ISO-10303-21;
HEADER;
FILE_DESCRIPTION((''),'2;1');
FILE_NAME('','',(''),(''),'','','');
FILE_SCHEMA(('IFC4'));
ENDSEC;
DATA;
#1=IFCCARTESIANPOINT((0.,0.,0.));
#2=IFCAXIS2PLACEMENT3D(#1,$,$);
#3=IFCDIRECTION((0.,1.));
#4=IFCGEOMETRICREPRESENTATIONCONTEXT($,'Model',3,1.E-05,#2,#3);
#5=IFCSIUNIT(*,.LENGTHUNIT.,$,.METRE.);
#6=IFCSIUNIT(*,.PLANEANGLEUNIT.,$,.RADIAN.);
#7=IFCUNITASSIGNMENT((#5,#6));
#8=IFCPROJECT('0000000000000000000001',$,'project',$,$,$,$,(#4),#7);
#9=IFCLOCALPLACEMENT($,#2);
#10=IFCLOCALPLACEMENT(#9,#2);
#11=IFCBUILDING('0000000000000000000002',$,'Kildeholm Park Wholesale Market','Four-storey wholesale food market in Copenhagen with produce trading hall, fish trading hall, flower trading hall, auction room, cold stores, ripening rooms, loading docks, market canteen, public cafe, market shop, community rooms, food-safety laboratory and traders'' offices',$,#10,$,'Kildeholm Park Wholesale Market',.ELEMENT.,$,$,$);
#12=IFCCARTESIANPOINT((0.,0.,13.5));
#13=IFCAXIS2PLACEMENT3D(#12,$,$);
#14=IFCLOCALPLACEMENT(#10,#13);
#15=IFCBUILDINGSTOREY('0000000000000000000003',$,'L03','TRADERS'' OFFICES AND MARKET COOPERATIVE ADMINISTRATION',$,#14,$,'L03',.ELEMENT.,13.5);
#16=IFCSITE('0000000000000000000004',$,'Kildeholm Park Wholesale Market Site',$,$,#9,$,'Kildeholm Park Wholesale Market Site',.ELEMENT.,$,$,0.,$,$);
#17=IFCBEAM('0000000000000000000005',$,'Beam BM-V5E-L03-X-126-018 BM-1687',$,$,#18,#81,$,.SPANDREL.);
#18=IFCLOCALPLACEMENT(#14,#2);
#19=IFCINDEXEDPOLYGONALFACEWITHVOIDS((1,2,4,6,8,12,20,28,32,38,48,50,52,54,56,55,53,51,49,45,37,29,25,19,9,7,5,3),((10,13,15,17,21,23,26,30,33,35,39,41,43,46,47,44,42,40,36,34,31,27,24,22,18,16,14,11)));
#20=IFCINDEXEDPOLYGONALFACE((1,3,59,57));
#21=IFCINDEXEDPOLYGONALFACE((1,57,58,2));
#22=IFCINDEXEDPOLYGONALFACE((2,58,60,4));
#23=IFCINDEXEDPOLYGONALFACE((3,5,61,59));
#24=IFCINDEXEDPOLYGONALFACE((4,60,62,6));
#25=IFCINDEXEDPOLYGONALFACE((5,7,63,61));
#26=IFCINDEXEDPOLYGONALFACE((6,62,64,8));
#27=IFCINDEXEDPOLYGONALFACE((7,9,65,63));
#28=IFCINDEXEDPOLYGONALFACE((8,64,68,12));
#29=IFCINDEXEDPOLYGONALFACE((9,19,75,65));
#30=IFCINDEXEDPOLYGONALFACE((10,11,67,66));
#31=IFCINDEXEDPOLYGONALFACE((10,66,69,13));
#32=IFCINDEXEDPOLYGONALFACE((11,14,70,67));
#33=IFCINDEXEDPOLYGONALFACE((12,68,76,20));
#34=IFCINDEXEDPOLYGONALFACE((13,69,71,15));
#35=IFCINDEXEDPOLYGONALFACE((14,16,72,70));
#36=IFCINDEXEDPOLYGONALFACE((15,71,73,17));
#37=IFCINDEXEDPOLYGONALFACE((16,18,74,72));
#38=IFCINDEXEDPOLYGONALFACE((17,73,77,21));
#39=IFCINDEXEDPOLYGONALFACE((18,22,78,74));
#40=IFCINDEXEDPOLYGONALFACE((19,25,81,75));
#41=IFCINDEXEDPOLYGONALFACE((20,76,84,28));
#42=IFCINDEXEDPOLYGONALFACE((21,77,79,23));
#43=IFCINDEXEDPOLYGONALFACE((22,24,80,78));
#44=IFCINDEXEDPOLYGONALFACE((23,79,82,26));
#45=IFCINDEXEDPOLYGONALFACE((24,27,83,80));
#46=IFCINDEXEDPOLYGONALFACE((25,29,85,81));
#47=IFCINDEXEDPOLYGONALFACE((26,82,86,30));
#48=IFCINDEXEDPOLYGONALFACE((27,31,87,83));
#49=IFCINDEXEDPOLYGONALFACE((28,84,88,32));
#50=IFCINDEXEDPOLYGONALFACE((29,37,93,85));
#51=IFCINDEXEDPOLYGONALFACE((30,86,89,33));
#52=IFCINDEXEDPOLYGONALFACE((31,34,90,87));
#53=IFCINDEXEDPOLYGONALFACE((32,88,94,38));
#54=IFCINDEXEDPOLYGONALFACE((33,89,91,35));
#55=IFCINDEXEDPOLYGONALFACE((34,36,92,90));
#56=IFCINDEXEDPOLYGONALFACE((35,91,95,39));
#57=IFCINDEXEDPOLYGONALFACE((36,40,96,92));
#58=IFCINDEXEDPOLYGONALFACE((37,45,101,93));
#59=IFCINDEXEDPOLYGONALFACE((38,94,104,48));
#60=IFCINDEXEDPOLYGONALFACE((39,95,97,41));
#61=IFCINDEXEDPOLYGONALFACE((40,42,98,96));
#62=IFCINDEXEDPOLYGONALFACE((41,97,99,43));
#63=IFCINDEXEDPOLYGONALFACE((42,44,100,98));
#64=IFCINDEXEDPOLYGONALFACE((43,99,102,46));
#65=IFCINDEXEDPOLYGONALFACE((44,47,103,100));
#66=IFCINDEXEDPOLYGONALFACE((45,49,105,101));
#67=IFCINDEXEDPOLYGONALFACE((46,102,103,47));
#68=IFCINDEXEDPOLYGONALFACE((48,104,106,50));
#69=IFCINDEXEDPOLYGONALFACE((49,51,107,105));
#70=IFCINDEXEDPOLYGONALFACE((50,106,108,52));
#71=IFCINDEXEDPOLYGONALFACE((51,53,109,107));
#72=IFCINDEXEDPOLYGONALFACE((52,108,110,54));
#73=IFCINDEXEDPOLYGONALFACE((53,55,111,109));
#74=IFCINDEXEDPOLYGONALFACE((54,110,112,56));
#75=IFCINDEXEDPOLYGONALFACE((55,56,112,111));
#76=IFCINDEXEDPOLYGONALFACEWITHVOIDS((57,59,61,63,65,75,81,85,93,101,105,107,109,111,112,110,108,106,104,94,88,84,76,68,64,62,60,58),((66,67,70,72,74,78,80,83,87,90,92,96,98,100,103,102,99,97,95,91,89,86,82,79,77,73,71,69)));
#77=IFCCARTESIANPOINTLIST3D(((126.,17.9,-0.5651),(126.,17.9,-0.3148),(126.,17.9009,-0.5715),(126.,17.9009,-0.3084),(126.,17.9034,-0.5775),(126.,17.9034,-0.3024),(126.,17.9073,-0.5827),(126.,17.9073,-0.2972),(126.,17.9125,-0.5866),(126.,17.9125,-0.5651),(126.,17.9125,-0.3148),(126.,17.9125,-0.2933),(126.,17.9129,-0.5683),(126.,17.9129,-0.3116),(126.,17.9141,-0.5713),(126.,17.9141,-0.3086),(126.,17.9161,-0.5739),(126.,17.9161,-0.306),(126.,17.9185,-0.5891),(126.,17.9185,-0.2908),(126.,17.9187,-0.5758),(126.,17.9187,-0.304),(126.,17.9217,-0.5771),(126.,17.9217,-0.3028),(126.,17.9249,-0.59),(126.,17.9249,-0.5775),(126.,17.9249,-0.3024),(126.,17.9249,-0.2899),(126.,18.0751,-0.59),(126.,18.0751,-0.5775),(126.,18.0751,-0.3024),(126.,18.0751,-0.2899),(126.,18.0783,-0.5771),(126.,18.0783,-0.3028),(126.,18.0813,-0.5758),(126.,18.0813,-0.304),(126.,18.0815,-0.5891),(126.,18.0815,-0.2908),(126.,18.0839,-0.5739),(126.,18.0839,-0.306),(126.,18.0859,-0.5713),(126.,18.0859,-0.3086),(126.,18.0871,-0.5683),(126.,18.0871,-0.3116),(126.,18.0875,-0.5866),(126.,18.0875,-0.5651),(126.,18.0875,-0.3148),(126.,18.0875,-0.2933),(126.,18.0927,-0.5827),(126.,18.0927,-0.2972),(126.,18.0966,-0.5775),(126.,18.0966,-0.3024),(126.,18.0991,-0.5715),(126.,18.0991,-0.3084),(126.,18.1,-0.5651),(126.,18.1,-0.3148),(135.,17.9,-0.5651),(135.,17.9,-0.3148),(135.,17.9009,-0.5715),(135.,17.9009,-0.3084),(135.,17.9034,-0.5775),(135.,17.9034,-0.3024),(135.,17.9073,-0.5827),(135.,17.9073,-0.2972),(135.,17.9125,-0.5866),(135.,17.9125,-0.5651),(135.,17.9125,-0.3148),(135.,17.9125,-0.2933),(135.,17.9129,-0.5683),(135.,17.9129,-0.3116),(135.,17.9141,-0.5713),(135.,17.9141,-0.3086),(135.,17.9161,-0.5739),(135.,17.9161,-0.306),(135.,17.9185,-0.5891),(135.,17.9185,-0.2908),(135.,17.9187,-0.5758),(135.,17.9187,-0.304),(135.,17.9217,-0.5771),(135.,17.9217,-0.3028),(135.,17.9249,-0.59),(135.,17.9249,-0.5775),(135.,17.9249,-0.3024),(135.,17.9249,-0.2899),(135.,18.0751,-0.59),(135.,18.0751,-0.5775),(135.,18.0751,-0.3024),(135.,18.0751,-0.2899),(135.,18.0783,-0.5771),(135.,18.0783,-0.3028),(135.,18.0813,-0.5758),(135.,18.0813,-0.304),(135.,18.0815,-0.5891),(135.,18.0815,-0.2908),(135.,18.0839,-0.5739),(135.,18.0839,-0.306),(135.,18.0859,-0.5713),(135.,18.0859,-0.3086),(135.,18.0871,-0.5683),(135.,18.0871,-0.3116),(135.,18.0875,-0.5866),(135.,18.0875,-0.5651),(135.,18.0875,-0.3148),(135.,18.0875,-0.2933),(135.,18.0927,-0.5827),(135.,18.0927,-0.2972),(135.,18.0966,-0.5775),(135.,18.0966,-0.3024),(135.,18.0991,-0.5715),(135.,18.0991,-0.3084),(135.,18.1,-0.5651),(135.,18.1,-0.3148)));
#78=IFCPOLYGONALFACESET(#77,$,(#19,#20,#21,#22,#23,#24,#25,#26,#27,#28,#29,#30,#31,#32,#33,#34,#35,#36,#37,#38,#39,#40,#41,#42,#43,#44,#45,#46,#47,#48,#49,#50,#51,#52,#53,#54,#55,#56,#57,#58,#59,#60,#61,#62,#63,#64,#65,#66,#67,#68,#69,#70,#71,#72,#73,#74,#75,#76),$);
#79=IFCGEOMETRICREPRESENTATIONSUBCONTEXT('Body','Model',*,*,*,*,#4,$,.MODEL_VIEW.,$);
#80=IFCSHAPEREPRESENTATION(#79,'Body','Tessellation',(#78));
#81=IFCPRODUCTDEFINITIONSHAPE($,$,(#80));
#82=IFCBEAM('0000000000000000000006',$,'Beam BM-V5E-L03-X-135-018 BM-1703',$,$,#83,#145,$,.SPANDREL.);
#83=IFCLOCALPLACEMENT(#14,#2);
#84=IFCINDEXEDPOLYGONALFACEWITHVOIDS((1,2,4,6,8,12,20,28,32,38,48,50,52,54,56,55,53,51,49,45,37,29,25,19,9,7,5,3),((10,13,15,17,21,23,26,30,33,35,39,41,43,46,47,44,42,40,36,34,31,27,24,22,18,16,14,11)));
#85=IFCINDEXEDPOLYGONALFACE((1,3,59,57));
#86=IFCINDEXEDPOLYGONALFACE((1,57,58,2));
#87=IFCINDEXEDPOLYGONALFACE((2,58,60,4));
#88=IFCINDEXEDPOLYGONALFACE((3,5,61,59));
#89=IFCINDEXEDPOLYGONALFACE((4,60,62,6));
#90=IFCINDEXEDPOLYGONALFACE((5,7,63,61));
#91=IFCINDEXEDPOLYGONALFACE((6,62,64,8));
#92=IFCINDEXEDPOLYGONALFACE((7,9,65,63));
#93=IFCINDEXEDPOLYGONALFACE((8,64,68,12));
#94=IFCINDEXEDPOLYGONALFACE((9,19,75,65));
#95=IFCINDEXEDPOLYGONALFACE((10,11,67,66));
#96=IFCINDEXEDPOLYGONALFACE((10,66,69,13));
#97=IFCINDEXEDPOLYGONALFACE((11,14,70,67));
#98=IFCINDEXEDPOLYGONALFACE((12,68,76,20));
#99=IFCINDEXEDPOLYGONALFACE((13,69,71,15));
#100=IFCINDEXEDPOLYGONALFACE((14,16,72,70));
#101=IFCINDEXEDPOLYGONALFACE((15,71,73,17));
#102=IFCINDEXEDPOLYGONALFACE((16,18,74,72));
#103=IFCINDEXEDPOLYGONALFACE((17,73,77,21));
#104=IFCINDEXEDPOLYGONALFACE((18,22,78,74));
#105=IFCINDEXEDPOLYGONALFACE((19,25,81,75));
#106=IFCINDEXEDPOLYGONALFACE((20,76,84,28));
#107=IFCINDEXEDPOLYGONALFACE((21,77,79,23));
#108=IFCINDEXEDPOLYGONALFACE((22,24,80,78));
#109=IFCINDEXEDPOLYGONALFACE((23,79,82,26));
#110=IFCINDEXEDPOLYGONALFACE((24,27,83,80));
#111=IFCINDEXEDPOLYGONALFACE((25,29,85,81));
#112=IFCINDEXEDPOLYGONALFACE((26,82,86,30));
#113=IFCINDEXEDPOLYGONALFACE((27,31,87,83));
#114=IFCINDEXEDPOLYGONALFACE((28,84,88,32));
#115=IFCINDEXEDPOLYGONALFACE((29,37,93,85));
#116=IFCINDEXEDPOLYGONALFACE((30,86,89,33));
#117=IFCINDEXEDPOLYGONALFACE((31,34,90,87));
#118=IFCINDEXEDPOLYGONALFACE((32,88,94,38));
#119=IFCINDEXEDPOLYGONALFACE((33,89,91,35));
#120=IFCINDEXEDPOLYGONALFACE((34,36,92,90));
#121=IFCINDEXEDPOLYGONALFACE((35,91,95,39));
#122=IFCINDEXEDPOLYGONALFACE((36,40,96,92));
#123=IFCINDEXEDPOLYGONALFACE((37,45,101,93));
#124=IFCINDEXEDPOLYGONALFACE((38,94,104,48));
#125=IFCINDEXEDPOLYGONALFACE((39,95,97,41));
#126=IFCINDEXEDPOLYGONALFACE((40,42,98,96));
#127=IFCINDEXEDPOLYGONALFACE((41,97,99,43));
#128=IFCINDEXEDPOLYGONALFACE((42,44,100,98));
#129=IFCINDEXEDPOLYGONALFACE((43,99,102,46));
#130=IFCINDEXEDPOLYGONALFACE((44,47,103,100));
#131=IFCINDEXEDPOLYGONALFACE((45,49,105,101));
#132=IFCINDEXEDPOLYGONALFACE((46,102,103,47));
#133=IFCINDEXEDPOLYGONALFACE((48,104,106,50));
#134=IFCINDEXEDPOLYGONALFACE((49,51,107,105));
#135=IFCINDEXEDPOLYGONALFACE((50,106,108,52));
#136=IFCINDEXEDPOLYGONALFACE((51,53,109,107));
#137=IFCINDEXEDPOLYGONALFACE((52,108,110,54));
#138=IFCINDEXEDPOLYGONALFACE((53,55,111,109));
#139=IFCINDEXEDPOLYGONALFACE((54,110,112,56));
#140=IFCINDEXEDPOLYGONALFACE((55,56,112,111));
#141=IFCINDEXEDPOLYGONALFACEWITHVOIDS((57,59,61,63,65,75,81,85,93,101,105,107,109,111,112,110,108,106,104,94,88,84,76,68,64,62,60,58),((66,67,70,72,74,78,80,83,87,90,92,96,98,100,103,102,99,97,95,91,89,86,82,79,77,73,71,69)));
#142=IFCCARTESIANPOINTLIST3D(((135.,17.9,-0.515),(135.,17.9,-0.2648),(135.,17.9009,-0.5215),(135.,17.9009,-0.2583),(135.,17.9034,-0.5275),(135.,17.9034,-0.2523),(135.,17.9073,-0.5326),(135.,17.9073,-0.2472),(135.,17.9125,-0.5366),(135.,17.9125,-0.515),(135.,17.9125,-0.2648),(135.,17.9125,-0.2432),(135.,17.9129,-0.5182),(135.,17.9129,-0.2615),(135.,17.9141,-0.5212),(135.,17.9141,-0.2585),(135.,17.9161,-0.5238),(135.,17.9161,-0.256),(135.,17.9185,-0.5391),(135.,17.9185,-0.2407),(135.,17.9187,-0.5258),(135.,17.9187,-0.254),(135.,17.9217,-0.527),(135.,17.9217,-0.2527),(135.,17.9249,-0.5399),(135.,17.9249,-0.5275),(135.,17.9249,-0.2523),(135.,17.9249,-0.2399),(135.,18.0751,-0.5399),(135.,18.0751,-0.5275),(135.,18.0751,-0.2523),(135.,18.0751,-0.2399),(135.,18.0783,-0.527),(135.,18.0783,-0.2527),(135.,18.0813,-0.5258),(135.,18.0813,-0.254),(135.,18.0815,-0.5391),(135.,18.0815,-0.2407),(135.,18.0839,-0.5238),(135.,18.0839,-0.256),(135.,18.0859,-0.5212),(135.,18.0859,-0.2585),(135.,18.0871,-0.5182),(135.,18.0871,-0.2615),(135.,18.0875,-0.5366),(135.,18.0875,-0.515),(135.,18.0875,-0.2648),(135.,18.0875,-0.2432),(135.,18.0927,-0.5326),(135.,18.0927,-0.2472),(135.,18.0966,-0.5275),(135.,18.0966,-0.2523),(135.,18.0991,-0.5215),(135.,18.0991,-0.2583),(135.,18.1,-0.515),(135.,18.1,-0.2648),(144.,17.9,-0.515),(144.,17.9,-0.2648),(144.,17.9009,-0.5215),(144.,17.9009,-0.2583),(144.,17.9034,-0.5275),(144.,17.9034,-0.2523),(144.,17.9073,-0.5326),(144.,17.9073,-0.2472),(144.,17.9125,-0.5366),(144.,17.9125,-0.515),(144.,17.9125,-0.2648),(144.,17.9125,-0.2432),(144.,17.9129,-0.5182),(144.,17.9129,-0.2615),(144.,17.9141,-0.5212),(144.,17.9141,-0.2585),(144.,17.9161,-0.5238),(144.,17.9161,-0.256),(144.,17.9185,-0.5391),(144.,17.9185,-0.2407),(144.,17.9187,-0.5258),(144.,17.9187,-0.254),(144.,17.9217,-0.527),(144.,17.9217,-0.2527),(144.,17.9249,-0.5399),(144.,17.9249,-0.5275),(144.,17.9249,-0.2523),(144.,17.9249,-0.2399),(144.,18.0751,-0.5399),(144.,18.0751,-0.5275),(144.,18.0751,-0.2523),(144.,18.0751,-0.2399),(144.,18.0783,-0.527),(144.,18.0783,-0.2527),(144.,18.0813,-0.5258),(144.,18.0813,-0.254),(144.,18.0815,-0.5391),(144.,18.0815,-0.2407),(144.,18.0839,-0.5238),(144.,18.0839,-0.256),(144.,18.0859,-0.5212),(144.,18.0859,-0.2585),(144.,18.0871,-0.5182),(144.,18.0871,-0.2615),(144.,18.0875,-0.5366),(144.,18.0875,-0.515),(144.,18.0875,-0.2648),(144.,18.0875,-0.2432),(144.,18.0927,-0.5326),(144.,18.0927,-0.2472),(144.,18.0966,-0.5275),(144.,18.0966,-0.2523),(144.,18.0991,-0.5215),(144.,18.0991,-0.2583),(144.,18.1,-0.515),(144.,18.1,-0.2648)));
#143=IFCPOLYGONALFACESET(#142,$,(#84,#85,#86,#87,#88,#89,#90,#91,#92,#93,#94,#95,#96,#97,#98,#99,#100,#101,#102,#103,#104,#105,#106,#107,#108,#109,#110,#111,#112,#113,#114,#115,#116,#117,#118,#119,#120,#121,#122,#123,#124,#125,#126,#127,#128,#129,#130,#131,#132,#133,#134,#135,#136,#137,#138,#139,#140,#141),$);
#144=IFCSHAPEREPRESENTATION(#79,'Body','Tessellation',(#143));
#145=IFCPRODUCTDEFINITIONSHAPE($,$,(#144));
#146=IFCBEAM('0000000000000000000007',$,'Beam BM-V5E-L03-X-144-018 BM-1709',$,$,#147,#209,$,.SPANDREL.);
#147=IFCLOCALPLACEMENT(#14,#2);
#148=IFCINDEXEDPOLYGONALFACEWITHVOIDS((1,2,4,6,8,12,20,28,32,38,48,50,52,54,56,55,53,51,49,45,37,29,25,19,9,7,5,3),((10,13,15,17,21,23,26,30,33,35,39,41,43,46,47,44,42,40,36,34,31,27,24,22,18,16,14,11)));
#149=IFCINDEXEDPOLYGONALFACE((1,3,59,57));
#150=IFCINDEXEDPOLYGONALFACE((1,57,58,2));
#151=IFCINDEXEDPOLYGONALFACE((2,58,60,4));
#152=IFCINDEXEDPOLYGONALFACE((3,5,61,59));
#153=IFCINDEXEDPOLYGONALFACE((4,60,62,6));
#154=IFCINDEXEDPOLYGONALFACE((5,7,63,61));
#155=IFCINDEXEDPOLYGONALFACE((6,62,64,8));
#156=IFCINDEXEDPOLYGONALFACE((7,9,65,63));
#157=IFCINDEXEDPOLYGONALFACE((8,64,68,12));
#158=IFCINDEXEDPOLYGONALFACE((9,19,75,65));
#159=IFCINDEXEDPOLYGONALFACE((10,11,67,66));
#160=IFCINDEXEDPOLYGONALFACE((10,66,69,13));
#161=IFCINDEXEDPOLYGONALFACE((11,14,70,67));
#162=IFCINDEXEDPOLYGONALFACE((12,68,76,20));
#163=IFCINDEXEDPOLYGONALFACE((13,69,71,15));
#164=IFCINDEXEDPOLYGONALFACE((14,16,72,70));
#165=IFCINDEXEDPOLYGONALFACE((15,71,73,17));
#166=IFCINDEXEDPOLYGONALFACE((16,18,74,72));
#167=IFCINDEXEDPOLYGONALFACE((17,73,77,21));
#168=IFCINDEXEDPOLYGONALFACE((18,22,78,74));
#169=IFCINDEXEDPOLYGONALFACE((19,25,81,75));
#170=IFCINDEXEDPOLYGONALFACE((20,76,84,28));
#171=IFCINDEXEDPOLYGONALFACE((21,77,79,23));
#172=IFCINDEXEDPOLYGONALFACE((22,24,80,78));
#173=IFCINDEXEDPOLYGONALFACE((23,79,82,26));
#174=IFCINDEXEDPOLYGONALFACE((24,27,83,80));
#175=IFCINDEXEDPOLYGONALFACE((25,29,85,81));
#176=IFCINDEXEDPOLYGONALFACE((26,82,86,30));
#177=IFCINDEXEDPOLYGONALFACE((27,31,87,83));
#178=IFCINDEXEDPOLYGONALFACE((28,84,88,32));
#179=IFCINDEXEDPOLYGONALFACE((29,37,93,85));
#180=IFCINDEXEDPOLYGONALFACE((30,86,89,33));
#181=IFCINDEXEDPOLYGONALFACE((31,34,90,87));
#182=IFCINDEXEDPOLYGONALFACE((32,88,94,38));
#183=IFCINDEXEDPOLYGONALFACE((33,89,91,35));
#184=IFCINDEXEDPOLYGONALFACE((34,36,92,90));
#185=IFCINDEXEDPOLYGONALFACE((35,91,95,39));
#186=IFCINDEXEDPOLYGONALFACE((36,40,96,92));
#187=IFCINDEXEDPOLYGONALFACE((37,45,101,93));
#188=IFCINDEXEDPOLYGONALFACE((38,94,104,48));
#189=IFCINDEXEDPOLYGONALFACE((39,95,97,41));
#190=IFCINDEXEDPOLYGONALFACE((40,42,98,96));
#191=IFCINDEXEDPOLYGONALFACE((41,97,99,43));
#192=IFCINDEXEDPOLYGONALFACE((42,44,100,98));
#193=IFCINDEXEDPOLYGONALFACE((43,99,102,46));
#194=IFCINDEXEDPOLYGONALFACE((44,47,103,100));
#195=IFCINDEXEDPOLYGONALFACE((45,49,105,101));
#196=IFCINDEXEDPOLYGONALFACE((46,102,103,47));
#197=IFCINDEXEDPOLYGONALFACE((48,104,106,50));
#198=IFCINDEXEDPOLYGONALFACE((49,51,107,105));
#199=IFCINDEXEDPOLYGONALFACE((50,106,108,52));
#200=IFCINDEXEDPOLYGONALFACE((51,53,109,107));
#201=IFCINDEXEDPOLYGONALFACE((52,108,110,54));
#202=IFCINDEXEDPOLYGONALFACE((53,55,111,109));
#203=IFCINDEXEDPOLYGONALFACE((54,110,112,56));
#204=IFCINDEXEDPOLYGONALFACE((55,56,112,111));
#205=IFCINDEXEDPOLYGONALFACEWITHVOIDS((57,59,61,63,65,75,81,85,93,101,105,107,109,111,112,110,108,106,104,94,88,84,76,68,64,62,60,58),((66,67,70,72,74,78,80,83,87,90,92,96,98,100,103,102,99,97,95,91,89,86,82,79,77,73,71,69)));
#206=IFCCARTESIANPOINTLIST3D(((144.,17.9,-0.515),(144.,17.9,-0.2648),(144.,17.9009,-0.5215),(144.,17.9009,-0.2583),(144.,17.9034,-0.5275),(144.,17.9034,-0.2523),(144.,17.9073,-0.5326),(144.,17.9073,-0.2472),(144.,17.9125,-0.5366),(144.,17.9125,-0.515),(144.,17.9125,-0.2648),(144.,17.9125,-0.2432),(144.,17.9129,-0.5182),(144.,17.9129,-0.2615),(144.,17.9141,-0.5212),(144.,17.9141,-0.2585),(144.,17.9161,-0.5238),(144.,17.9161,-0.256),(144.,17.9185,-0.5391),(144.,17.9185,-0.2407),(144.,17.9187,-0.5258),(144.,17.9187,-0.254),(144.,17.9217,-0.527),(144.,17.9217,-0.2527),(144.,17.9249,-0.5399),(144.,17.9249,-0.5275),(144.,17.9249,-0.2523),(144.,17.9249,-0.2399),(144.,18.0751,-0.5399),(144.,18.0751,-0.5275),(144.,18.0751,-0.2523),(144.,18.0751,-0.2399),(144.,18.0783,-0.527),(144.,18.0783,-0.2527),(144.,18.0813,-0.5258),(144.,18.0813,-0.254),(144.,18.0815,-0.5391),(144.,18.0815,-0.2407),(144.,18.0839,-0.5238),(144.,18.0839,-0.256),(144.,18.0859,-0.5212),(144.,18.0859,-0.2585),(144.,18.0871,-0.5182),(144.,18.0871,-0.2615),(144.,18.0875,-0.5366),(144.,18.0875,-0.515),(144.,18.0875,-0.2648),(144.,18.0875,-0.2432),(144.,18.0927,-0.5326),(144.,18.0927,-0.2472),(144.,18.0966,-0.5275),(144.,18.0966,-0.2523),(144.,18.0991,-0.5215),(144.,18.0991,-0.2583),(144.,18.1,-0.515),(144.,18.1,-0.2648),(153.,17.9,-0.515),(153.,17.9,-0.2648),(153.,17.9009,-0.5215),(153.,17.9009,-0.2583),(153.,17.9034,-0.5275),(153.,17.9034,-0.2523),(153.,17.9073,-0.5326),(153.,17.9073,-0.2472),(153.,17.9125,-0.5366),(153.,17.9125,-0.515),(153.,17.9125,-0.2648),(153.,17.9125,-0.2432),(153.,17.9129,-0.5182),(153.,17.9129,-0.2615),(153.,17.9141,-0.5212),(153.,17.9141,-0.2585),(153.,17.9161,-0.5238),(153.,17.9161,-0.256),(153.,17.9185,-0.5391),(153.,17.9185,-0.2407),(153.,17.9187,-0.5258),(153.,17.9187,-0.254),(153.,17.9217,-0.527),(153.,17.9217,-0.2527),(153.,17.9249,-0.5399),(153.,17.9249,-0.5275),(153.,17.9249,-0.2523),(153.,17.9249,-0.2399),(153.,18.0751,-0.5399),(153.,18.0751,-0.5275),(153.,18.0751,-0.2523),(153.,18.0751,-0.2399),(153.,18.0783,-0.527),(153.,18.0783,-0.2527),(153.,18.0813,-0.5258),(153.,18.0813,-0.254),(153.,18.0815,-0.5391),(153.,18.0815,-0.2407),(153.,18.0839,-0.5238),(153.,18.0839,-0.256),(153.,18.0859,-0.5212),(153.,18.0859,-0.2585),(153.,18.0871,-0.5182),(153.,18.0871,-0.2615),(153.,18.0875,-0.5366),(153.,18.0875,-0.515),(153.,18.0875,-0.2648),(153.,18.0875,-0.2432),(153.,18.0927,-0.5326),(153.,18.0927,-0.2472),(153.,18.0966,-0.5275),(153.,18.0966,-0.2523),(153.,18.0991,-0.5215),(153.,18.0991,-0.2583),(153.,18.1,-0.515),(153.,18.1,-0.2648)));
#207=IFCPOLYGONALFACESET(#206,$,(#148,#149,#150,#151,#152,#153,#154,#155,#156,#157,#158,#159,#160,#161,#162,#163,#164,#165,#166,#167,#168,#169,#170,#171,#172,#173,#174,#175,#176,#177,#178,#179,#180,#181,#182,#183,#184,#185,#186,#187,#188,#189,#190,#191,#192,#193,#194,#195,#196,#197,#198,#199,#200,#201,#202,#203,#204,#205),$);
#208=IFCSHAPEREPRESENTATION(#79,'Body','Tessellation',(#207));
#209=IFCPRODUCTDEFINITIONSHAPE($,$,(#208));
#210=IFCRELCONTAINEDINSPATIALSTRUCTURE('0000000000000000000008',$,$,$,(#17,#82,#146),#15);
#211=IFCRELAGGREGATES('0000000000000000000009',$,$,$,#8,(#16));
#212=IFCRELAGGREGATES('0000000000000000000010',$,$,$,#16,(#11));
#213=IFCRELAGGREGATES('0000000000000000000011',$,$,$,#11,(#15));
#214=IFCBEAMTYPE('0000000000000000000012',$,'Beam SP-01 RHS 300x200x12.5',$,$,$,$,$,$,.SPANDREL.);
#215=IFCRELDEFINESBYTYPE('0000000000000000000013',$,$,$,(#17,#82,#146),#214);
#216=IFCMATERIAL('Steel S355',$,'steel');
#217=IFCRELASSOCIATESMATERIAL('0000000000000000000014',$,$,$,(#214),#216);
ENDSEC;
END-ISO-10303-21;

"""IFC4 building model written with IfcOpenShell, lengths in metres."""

from ifc_helpers import new_model, si_unit, direction, frame, origin, origin_2d, place, context, subcontext, project, spatial, hollow_rectangle, extrude, material, material_profile, profile_set, type_object, element, save


model = new_model("IFC4")

# Units and contexts
model_context = context("Model", 3, precision=1e-05, world=origin(), true_north=direction((0.0, 1.0)))
body_context = subcontext(model_context, "Body", "Model", "MODEL_VIEW")
ifc_project = project(units=[si_unit("LENGTHUNIT", "METRE"), si_unit("PLANEANGLEUNIT", "RADIAN")], contexts=[model_context])

# Site, building, storey
site_placement = place(None, origin())
site = spatial("IfcSite", under=ifc_project, at=site_placement, Name="Kildeholm Park Wholesale Market Site", LongName="Kildeholm Park Wholesale Market Site", CompositionType="ELEMENT", RefElevation=0.0)
building_placement = place(site_placement, origin())
building = spatial("IfcBuilding", under=site, at=building_placement, Name="Kildeholm Park Wholesale Market", Description="Four-storey wholesale food market in Copenhagen with produce trading hall, fish trading hall, flower trading hall, auction room, cold stores, ripening rooms, loading docks, market canteen, public cafe, market shop, community rooms, food-safety laboratory and traders' offices", LongName="Kildeholm Park Wholesale Market", CompositionType="ELEMENT")
storey_placement = place(building_placement, frame((0.0, 0.0, 13.5)))
storey = spatial("IfcBuildingStorey", under=building, at=storey_placement, Name="L03", Description="TRADERS' OFFICES AND MARKET COOPERATIVE ADMINISTRATION", LongName="L03", CompositionType="ELEMENT", Elevation=13.5)

# Shared definitions
ifc_material_1 = material(Name="Steel S355", Category="steel")

# Beams
ifc_material_profile_1 = material_profile(ifc_material_1, hollow_rectangle(XDim=0.2, YDim=0.3, WallThickness=0.0125, InnerFilletRadius=0.0125, OuterFilletRadius=0.0249, at=origin_2d()), Name="RHS 300x200x12.5")
ifc_profile_set_1 = profile_set([ifc_material_profile_1], Name="Steel S355")
beam_type = type_object("IfcBeamType", Name="Beam SP-01 RHS 300x200x12.5", PredefinedType="SPANDREL", material=ifc_profile_set_1)
for number, where, z_axis, x_axis, name in (
    (1, (126.0, 18.0, -0.4399), (1.0, 0.0, 0.0), (0.0, 1.0, 0.0), "Beam BM-V5E-L03-X-126-018 BM-1687"),
    (2, (135.0, 18.0, -0.3899), (1.0, 0.0, 0.0), (0.0, 1.0, 0.0), "Beam BM-V5E-L03-X-135-018 BM-1703"),
    (3, (144.0, 18.0, -0.3899), (1.0, 0.0, 0.0), (0.0, 1.0, 0.0), "Beam BM-V5E-L03-X-144-018 BM-1709"),
):
    element("IfcBeam", number, at=place(storey_placement, frame(where, z_axis=z_axis, x_axis=x_axis)), inside=storey, type_object=beam_type, Name=name, PredefinedType="SPANDREL", context=body_context, shape_type="SweptSolid", body=[
        extrude(hollow_rectangle(XDim=0.2, YDim=0.3, WallThickness=0.0125, InnerFilletRadius=0.0125, OuterFilletRadius=0.0249, at=origin_2d()), origin(), (0.0, 0.0, 1.0), 9.0),
    ])

save(model, "model.ifc")
